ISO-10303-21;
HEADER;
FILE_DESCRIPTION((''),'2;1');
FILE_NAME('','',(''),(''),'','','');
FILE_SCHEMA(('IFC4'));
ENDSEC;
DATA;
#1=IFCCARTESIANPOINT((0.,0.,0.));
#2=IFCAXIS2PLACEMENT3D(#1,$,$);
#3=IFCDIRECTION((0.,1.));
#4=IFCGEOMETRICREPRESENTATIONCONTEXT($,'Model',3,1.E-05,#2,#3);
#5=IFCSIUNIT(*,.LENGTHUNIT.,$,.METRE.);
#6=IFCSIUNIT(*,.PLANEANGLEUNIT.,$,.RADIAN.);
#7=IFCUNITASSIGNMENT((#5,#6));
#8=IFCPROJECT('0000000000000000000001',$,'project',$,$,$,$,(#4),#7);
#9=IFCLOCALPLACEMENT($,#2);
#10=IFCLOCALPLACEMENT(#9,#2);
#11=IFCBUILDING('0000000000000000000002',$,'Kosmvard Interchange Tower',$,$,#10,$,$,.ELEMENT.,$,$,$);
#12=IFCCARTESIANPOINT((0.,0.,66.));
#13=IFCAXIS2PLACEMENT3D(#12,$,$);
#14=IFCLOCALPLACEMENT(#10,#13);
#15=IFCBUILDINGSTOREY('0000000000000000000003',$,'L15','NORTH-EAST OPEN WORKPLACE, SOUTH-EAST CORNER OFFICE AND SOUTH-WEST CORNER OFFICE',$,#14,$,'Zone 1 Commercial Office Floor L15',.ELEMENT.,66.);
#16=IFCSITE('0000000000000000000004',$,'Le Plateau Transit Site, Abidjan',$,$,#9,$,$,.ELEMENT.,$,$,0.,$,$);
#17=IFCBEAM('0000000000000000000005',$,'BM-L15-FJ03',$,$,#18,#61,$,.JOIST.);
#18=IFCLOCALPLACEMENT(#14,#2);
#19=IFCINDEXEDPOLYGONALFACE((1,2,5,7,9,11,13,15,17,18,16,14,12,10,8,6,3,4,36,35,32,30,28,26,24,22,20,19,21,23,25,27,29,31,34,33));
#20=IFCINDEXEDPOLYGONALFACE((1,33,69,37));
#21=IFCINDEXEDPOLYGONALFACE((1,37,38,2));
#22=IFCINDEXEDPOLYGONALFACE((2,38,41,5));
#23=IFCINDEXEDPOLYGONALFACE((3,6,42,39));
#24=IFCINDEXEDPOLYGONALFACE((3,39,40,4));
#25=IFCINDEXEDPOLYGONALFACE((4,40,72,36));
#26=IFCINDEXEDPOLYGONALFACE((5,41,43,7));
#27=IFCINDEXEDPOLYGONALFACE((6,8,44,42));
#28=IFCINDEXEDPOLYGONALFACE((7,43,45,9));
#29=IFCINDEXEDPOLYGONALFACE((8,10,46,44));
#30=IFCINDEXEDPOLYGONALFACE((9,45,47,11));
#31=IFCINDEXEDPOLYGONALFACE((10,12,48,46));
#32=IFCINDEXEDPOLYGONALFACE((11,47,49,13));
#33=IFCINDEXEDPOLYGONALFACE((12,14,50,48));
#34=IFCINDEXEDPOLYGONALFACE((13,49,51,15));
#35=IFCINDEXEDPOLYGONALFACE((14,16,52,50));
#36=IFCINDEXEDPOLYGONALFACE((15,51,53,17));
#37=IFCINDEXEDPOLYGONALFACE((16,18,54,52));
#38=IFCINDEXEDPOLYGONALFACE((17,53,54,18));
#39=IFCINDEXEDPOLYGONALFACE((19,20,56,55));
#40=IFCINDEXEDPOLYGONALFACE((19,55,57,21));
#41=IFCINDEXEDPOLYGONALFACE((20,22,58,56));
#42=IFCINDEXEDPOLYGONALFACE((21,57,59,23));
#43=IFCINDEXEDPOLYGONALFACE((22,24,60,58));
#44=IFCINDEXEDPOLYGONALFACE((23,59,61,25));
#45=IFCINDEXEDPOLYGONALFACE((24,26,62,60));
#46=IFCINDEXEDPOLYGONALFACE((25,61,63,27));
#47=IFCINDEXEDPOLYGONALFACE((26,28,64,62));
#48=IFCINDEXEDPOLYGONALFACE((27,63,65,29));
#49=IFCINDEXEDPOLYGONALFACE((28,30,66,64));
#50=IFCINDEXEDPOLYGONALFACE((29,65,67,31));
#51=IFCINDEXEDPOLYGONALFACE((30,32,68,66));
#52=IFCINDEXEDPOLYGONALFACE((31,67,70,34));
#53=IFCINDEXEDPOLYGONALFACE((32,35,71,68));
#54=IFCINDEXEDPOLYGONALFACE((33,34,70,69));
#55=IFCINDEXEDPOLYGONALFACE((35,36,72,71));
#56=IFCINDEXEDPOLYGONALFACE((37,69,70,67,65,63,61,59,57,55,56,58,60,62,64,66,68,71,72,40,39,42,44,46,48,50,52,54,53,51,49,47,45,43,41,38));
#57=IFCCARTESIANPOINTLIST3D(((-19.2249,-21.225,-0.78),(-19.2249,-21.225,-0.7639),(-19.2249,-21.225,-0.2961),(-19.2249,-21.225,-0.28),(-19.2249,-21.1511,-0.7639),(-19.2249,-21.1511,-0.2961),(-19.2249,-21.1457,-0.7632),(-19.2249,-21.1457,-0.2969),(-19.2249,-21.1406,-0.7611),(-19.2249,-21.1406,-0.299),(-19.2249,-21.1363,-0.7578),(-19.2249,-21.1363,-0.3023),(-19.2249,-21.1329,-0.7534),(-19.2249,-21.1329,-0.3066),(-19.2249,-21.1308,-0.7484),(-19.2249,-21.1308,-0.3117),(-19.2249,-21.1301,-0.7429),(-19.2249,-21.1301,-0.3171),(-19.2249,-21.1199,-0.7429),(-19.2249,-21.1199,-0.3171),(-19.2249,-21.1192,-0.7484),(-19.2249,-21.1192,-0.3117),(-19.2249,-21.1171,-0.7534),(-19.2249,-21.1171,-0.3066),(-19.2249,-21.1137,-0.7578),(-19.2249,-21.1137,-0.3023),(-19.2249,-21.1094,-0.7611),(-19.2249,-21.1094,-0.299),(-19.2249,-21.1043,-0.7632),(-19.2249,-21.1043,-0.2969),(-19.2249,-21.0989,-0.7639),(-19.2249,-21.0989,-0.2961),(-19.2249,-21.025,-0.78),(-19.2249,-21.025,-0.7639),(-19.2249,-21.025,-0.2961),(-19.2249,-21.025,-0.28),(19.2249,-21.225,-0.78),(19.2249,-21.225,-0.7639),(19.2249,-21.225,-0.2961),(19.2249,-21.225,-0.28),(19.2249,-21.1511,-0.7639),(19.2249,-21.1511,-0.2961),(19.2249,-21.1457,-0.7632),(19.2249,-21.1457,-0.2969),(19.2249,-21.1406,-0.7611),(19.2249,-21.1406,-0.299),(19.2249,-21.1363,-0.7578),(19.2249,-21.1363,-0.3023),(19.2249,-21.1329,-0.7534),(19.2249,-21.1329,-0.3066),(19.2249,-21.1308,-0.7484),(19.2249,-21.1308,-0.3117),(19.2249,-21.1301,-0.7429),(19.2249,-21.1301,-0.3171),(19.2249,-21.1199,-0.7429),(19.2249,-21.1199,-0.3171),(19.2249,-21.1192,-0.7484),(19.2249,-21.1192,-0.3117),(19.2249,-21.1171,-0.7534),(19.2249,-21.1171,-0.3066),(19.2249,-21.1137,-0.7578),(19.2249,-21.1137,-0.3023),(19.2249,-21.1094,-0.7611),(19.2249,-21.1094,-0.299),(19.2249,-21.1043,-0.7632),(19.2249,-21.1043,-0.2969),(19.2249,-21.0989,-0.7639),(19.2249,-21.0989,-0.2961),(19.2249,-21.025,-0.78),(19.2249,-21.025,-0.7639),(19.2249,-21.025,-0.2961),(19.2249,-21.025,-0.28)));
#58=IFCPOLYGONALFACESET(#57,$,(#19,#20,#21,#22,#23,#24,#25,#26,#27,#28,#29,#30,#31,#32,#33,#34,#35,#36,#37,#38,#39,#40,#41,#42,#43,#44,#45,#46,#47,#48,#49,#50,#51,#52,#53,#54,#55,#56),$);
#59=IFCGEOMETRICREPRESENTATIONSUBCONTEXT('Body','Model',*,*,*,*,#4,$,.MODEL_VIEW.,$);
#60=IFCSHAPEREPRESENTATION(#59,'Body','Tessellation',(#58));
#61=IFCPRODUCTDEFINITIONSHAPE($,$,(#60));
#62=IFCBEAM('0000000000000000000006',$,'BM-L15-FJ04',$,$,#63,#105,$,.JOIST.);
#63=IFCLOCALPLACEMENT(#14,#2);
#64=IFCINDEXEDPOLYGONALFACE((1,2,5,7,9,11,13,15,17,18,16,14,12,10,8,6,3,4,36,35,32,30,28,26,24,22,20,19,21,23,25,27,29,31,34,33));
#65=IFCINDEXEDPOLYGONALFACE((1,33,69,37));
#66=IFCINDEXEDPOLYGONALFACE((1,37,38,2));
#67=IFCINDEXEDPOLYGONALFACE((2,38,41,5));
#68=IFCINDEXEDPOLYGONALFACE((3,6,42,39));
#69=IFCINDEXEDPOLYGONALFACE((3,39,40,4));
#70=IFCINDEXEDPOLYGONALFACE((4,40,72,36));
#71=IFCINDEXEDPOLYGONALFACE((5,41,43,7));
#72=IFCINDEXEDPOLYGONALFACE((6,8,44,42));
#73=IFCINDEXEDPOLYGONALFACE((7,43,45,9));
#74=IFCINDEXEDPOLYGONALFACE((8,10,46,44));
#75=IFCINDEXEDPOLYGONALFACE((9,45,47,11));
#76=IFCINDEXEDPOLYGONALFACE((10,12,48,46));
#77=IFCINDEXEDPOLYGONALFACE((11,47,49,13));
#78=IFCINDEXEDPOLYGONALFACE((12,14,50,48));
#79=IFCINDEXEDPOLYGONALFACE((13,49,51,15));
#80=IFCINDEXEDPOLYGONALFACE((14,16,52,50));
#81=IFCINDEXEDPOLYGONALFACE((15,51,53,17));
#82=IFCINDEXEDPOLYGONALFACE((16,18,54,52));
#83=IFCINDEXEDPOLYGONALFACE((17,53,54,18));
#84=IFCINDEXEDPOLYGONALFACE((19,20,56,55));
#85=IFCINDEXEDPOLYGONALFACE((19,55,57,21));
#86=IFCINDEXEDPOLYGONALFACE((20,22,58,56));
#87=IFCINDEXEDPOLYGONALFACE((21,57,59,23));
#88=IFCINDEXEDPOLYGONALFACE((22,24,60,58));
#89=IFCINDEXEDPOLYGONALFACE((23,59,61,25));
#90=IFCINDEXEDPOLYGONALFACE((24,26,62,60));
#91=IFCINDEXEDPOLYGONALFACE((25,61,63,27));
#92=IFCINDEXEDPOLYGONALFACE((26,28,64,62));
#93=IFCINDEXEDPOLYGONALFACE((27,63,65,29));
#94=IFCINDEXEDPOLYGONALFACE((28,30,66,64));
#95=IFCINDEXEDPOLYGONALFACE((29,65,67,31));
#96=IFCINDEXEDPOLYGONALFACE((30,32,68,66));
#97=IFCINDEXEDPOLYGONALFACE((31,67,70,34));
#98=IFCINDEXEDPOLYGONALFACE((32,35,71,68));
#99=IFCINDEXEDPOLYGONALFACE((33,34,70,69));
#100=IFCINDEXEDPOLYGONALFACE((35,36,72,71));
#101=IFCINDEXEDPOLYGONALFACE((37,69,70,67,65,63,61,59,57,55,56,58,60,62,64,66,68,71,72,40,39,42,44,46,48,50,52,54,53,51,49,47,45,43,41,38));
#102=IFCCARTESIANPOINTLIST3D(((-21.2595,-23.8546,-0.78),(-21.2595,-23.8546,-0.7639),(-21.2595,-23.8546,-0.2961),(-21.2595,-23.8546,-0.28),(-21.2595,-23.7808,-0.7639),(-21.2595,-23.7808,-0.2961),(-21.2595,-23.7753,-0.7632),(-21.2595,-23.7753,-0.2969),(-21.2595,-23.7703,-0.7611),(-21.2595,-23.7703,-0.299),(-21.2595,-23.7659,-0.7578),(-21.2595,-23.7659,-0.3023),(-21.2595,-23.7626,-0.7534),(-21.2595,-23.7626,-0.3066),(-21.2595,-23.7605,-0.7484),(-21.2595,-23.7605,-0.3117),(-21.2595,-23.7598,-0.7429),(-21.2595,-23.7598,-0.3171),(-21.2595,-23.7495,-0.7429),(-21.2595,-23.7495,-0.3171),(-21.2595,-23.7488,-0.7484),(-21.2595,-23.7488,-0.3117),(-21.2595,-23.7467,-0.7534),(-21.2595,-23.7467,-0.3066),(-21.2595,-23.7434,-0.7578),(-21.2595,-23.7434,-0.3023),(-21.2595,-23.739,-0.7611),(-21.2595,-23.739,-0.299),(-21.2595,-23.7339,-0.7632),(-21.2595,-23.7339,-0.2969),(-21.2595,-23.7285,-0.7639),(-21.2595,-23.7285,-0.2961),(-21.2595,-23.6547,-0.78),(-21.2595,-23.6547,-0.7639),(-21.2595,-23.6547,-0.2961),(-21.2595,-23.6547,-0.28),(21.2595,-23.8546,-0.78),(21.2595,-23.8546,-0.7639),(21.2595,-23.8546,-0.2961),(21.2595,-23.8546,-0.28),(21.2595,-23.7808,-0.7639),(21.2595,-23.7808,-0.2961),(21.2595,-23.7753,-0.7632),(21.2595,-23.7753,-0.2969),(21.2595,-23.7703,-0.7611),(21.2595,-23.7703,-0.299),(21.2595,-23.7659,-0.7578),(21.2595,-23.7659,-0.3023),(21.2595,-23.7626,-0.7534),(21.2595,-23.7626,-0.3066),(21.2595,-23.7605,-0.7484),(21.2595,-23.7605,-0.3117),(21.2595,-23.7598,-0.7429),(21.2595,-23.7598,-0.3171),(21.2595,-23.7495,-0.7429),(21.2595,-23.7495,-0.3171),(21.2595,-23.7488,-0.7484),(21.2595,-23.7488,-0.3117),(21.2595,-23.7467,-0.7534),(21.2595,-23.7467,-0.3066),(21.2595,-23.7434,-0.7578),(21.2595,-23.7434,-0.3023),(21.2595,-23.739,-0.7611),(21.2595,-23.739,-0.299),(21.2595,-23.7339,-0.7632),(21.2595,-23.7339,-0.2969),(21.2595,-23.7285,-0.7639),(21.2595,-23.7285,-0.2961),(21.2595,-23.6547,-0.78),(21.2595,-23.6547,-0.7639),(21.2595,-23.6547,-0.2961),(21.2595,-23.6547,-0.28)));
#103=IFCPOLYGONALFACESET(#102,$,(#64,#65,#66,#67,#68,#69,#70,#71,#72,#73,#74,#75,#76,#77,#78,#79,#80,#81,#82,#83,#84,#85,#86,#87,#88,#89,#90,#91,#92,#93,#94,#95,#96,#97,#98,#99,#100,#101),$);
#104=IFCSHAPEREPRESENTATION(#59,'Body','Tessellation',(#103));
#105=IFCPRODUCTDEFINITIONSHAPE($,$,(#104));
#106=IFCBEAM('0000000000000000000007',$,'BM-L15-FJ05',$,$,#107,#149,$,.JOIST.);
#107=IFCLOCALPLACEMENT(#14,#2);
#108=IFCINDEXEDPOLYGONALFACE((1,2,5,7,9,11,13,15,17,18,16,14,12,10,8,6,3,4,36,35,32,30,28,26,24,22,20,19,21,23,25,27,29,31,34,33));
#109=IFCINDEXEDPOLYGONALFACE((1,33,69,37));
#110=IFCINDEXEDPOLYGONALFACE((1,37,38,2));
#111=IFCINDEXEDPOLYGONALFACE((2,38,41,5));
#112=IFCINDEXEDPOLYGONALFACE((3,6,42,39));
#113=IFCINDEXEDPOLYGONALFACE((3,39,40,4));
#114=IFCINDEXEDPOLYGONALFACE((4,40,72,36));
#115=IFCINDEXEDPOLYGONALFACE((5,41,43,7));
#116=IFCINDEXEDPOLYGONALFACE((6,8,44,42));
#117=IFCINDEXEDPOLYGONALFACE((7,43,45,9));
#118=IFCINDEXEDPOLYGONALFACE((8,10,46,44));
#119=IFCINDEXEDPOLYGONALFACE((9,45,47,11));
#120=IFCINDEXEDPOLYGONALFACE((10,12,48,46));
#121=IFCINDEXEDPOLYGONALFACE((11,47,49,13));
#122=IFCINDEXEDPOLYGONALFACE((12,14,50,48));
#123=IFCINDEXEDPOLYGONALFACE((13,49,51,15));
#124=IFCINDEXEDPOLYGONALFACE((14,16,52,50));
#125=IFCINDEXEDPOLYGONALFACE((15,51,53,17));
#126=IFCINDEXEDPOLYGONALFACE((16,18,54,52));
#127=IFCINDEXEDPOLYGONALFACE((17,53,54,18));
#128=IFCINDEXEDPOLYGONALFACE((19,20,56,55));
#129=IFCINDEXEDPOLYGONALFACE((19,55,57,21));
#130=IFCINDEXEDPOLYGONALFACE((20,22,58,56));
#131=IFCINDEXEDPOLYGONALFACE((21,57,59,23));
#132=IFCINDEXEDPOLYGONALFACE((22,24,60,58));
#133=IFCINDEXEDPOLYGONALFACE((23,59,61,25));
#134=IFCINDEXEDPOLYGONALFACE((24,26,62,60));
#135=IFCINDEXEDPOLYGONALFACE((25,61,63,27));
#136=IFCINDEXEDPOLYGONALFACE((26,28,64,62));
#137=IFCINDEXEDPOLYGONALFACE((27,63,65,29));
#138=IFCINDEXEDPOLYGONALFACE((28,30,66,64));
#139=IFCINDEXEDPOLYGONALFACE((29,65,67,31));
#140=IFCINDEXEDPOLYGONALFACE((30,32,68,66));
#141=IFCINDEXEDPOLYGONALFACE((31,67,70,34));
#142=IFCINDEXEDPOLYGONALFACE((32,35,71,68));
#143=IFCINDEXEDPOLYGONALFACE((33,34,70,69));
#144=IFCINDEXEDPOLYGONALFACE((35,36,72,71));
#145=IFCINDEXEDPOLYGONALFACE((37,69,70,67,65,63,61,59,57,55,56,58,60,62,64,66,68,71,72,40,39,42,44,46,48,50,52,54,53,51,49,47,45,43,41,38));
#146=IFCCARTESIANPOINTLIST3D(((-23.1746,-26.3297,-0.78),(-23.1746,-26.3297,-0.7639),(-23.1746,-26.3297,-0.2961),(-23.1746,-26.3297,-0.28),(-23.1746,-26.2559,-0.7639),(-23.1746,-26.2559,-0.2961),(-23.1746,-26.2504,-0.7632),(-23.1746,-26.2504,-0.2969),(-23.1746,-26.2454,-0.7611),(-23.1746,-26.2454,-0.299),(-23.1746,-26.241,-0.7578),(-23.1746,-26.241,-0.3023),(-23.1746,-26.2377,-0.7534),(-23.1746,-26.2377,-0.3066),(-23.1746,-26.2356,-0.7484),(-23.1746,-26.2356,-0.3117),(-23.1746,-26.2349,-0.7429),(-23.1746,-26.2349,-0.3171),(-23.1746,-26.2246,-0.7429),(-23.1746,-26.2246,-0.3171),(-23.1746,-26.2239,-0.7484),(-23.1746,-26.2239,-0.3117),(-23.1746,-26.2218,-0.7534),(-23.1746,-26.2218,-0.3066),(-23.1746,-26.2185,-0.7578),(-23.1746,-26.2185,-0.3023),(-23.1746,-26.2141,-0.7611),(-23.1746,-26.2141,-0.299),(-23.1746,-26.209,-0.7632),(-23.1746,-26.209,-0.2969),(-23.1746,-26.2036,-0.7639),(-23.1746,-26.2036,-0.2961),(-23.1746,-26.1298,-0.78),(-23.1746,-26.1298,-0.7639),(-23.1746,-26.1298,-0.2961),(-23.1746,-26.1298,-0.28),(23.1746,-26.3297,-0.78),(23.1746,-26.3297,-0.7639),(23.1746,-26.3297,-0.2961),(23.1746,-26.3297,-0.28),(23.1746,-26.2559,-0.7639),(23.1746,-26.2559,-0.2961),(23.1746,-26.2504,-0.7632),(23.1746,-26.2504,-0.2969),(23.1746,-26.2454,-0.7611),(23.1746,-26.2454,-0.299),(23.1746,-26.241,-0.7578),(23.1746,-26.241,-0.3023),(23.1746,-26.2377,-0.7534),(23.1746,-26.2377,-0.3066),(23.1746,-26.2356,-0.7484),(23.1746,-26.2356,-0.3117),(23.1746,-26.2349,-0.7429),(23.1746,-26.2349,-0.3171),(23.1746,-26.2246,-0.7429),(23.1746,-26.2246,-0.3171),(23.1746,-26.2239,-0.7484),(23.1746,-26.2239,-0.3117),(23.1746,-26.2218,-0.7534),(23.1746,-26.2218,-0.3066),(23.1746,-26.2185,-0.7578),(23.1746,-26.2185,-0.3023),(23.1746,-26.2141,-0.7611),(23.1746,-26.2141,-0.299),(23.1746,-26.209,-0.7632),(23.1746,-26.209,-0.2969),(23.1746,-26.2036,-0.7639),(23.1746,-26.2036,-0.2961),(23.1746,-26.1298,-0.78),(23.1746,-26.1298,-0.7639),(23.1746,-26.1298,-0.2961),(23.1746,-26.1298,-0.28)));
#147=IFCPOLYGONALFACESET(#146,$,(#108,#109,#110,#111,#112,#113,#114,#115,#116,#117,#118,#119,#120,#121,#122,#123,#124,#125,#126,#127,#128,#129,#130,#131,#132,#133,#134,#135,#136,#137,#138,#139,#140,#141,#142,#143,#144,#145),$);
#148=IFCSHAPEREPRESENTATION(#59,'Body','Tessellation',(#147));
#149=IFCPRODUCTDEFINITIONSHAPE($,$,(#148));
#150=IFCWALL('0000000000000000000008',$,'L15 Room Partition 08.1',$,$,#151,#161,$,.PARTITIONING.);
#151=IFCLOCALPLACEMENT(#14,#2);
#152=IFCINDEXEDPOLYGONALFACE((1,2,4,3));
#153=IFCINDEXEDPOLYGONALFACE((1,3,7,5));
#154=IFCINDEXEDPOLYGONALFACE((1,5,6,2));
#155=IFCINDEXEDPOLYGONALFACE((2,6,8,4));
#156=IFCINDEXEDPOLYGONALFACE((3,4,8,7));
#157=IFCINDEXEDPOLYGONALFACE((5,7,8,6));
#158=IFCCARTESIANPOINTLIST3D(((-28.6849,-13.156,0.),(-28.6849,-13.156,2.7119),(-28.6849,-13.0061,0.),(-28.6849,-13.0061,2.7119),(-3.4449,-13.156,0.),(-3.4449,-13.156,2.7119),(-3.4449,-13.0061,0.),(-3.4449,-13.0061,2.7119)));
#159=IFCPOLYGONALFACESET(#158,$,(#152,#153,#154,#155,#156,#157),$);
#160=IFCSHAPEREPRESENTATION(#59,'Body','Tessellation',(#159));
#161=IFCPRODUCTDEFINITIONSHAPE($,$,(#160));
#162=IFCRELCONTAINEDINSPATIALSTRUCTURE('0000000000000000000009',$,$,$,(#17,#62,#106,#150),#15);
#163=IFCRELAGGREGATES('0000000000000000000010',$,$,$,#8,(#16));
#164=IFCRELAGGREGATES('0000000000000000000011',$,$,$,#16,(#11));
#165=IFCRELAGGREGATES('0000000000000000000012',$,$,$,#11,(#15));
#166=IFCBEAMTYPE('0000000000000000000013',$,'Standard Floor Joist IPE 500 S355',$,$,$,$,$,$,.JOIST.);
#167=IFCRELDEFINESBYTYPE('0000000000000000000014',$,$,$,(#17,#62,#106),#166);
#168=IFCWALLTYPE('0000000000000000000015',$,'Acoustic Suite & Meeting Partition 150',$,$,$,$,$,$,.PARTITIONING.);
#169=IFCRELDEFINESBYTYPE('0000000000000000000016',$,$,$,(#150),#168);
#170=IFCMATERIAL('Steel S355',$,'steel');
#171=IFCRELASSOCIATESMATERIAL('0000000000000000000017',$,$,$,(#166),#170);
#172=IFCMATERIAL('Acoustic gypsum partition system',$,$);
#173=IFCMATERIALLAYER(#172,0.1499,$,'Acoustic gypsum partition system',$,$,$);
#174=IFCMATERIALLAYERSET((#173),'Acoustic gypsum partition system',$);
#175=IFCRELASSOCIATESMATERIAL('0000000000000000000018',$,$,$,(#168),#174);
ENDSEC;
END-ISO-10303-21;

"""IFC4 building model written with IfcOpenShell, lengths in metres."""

from ifc_helpers import new_model, si_unit, direction, frame, frame_2d, origin, origin_2d, place, context, subcontext, project, spatial, rectangle, i_section, extrude, source, transform, mapped, material, layer, layer_set, material_profile, profile_set, type_object, element, save


model = new_model("IFC4")

# Units and contexts
model_context = context("Model", 3, precision=1e-05, world=origin(), true_north=direction((0.0, 1.0)))
body_context = subcontext(model_context, "Body", "Model", "MODEL_VIEW")
ifc_project = project(units=[si_unit("LENGTHUNIT", "METRE"), si_unit("PLANEANGLEUNIT", "RADIAN")], contexts=[model_context])

# Site, building, storey
site_placement = place(None, origin())
site = spatial("IfcSite", under=ifc_project, at=site_placement, Name="Le Plateau Transit Site, Abidjan", CompositionType="ELEMENT", RefElevation=0.0)
building_placement = place(site_placement, origin())
building = spatial("IfcBuilding", under=site, at=building_placement, Name="Kosmvard Interchange Tower", CompositionType="ELEMENT")
storey_placement = place(building_placement, frame((0.0, 0.0, 66.0)))
storey = spatial("IfcBuildingStorey", under=building, at=storey_placement, Name="L15", Description="NORTH-EAST OPEN WORKPLACE, SOUTH-EAST CORNER OFFICE AND SOUTH-WEST CORNER OFFICE", LongName="Zone 1 Commercial Office Floor L15", CompositionType="ELEMENT", Elevation=66.0)

# Beams
ifc_material_1 = material(Name="Steel S355", Category="steel")
ifc_material_profile_1 = material_profile(ifc_material_1, i_section(OverallWidth=0.2, OverallDepth=0.5, WebThickness=0.0103, FlangeThickness=0.0161, FilletRadius=0.021, at=origin_2d()), Name="IPE 500")
ifc_profile_set_1 = profile_set([ifc_material_profile_1], Name="Steel S355")
beam_type_1 = type_object("IfcBeamType", Name="Standard Floor Joist IPE 500 S355", PredefinedType="JOIST", material=ifc_profile_set_1)
shared_shape_1 = source(origin(), body_context, "Body", "SweptSolid", [
    extrude(i_section(OverallWidth=0.2, OverallDepth=0.5, WebThickness=0.0103, FlangeThickness=0.0161, FilletRadius=0.021, at=origin_2d()), origin(), (0.0, 0.0, 1.0), 38.4497),
])
beam_1_placement = place(storey_placement, frame((-19.2249, -21.125, -0.53), z_axis=(1.0, 0.0, 0.0), x_axis=(0.0, 1.0, 0.0)))
element("IfcBeam", 1, at=beam_1_placement, inside=storey, type_object=beam_type_1, Name="BM-L15-FJ03", PredefinedType="JOIST", context=body_context, shape_type="MappedRepresentation", body=[
    mapped(shared_shape_1, transform((0.0, 0.0, 0.0), scale=1.0)),
])
shared_shape_2 = source(origin(), body_context, "Body", "SweptSolid", [
    extrude(i_section(OverallWidth=0.2, OverallDepth=0.5, WebThickness=0.0103, FlangeThickness=0.0161, FilletRadius=0.021, at=origin_2d()), origin(), (0.0, 0.0, 1.0), 42.519),
])
beam_2_placement = place(storey_placement, frame((-21.2595, -23.7546, -0.53), z_axis=(1.0, 0.0, 0.0), x_axis=(0.0, 1.0, 0.0)))
element("IfcBeam", 2, at=beam_2_placement, inside=storey, type_object=beam_type_1, Name="BM-L15-FJ04", PredefinedType="JOIST", context=body_context, shape_type="MappedRepresentation", body=[
    mapped(shared_shape_2, transform((0.0, 0.0, 0.0), scale=1.0)),
])
shared_shape_3 = source(origin(), body_context, "Body", "SweptSolid", [
    extrude(i_section(OverallWidth=0.2, OverallDepth=0.5, WebThickness=0.0103, FlangeThickness=0.0161, FilletRadius=0.021, at=origin_2d()), origin(), (0.0, 0.0, 1.0), 46.3491),
])
beam_3_placement = place(storey_placement, frame((-23.1746, -26.2297, -0.53), z_axis=(1.0, 0.0, 0.0), x_axis=(0.0, 1.0, 0.0)))
element("IfcBeam", 3, at=beam_3_placement, inside=storey, type_object=beam_type_1, Name="BM-L15-FJ05", PredefinedType="JOIST", context=body_context, shape_type="MappedRepresentation", body=[
    mapped(shared_shape_3, transform((0.0, 0.0, 0.0), scale=1.0)),
])

# Wall
ifc_material_2 = material(Name="Acoustic gypsum partition system")
ifc_layer_1 = layer(ifc_material_2, 0.1499, Name="Acoustic gypsum partition system")
ifc_layer_set_1 = layer_set([ifc_layer_1], Name="Acoustic gypsum partition system")
wall_type_1 = type_object("IfcWallType", Name="Acoustic Suite & Meeting Partition 150", PredefinedType="PARTITIONING", material=ifc_layer_set_1)
wall_1_placement = place(storey_placement, frame((-28.6851, -13.0811, 0.0), z_axis=(0.0, 0.0, 1.0), x_axis=(1.0, 0.0, 0.0)))
element("IfcWall", 4, at=wall_1_placement, inside=storey, type_object=wall_type_1, Name="L15 Room Partition 08.1", PredefinedType="PARTITIONING", context=body_context, shape_type="SweptSolid", body=[
    extrude(rectangle(XDim=25.24, YDim=0.1499, at=frame_2d((12.6201, 0.0))), origin(), (0.0, 0.0, 1.0), 2.7119),
])

save(model, "model.ifc")
